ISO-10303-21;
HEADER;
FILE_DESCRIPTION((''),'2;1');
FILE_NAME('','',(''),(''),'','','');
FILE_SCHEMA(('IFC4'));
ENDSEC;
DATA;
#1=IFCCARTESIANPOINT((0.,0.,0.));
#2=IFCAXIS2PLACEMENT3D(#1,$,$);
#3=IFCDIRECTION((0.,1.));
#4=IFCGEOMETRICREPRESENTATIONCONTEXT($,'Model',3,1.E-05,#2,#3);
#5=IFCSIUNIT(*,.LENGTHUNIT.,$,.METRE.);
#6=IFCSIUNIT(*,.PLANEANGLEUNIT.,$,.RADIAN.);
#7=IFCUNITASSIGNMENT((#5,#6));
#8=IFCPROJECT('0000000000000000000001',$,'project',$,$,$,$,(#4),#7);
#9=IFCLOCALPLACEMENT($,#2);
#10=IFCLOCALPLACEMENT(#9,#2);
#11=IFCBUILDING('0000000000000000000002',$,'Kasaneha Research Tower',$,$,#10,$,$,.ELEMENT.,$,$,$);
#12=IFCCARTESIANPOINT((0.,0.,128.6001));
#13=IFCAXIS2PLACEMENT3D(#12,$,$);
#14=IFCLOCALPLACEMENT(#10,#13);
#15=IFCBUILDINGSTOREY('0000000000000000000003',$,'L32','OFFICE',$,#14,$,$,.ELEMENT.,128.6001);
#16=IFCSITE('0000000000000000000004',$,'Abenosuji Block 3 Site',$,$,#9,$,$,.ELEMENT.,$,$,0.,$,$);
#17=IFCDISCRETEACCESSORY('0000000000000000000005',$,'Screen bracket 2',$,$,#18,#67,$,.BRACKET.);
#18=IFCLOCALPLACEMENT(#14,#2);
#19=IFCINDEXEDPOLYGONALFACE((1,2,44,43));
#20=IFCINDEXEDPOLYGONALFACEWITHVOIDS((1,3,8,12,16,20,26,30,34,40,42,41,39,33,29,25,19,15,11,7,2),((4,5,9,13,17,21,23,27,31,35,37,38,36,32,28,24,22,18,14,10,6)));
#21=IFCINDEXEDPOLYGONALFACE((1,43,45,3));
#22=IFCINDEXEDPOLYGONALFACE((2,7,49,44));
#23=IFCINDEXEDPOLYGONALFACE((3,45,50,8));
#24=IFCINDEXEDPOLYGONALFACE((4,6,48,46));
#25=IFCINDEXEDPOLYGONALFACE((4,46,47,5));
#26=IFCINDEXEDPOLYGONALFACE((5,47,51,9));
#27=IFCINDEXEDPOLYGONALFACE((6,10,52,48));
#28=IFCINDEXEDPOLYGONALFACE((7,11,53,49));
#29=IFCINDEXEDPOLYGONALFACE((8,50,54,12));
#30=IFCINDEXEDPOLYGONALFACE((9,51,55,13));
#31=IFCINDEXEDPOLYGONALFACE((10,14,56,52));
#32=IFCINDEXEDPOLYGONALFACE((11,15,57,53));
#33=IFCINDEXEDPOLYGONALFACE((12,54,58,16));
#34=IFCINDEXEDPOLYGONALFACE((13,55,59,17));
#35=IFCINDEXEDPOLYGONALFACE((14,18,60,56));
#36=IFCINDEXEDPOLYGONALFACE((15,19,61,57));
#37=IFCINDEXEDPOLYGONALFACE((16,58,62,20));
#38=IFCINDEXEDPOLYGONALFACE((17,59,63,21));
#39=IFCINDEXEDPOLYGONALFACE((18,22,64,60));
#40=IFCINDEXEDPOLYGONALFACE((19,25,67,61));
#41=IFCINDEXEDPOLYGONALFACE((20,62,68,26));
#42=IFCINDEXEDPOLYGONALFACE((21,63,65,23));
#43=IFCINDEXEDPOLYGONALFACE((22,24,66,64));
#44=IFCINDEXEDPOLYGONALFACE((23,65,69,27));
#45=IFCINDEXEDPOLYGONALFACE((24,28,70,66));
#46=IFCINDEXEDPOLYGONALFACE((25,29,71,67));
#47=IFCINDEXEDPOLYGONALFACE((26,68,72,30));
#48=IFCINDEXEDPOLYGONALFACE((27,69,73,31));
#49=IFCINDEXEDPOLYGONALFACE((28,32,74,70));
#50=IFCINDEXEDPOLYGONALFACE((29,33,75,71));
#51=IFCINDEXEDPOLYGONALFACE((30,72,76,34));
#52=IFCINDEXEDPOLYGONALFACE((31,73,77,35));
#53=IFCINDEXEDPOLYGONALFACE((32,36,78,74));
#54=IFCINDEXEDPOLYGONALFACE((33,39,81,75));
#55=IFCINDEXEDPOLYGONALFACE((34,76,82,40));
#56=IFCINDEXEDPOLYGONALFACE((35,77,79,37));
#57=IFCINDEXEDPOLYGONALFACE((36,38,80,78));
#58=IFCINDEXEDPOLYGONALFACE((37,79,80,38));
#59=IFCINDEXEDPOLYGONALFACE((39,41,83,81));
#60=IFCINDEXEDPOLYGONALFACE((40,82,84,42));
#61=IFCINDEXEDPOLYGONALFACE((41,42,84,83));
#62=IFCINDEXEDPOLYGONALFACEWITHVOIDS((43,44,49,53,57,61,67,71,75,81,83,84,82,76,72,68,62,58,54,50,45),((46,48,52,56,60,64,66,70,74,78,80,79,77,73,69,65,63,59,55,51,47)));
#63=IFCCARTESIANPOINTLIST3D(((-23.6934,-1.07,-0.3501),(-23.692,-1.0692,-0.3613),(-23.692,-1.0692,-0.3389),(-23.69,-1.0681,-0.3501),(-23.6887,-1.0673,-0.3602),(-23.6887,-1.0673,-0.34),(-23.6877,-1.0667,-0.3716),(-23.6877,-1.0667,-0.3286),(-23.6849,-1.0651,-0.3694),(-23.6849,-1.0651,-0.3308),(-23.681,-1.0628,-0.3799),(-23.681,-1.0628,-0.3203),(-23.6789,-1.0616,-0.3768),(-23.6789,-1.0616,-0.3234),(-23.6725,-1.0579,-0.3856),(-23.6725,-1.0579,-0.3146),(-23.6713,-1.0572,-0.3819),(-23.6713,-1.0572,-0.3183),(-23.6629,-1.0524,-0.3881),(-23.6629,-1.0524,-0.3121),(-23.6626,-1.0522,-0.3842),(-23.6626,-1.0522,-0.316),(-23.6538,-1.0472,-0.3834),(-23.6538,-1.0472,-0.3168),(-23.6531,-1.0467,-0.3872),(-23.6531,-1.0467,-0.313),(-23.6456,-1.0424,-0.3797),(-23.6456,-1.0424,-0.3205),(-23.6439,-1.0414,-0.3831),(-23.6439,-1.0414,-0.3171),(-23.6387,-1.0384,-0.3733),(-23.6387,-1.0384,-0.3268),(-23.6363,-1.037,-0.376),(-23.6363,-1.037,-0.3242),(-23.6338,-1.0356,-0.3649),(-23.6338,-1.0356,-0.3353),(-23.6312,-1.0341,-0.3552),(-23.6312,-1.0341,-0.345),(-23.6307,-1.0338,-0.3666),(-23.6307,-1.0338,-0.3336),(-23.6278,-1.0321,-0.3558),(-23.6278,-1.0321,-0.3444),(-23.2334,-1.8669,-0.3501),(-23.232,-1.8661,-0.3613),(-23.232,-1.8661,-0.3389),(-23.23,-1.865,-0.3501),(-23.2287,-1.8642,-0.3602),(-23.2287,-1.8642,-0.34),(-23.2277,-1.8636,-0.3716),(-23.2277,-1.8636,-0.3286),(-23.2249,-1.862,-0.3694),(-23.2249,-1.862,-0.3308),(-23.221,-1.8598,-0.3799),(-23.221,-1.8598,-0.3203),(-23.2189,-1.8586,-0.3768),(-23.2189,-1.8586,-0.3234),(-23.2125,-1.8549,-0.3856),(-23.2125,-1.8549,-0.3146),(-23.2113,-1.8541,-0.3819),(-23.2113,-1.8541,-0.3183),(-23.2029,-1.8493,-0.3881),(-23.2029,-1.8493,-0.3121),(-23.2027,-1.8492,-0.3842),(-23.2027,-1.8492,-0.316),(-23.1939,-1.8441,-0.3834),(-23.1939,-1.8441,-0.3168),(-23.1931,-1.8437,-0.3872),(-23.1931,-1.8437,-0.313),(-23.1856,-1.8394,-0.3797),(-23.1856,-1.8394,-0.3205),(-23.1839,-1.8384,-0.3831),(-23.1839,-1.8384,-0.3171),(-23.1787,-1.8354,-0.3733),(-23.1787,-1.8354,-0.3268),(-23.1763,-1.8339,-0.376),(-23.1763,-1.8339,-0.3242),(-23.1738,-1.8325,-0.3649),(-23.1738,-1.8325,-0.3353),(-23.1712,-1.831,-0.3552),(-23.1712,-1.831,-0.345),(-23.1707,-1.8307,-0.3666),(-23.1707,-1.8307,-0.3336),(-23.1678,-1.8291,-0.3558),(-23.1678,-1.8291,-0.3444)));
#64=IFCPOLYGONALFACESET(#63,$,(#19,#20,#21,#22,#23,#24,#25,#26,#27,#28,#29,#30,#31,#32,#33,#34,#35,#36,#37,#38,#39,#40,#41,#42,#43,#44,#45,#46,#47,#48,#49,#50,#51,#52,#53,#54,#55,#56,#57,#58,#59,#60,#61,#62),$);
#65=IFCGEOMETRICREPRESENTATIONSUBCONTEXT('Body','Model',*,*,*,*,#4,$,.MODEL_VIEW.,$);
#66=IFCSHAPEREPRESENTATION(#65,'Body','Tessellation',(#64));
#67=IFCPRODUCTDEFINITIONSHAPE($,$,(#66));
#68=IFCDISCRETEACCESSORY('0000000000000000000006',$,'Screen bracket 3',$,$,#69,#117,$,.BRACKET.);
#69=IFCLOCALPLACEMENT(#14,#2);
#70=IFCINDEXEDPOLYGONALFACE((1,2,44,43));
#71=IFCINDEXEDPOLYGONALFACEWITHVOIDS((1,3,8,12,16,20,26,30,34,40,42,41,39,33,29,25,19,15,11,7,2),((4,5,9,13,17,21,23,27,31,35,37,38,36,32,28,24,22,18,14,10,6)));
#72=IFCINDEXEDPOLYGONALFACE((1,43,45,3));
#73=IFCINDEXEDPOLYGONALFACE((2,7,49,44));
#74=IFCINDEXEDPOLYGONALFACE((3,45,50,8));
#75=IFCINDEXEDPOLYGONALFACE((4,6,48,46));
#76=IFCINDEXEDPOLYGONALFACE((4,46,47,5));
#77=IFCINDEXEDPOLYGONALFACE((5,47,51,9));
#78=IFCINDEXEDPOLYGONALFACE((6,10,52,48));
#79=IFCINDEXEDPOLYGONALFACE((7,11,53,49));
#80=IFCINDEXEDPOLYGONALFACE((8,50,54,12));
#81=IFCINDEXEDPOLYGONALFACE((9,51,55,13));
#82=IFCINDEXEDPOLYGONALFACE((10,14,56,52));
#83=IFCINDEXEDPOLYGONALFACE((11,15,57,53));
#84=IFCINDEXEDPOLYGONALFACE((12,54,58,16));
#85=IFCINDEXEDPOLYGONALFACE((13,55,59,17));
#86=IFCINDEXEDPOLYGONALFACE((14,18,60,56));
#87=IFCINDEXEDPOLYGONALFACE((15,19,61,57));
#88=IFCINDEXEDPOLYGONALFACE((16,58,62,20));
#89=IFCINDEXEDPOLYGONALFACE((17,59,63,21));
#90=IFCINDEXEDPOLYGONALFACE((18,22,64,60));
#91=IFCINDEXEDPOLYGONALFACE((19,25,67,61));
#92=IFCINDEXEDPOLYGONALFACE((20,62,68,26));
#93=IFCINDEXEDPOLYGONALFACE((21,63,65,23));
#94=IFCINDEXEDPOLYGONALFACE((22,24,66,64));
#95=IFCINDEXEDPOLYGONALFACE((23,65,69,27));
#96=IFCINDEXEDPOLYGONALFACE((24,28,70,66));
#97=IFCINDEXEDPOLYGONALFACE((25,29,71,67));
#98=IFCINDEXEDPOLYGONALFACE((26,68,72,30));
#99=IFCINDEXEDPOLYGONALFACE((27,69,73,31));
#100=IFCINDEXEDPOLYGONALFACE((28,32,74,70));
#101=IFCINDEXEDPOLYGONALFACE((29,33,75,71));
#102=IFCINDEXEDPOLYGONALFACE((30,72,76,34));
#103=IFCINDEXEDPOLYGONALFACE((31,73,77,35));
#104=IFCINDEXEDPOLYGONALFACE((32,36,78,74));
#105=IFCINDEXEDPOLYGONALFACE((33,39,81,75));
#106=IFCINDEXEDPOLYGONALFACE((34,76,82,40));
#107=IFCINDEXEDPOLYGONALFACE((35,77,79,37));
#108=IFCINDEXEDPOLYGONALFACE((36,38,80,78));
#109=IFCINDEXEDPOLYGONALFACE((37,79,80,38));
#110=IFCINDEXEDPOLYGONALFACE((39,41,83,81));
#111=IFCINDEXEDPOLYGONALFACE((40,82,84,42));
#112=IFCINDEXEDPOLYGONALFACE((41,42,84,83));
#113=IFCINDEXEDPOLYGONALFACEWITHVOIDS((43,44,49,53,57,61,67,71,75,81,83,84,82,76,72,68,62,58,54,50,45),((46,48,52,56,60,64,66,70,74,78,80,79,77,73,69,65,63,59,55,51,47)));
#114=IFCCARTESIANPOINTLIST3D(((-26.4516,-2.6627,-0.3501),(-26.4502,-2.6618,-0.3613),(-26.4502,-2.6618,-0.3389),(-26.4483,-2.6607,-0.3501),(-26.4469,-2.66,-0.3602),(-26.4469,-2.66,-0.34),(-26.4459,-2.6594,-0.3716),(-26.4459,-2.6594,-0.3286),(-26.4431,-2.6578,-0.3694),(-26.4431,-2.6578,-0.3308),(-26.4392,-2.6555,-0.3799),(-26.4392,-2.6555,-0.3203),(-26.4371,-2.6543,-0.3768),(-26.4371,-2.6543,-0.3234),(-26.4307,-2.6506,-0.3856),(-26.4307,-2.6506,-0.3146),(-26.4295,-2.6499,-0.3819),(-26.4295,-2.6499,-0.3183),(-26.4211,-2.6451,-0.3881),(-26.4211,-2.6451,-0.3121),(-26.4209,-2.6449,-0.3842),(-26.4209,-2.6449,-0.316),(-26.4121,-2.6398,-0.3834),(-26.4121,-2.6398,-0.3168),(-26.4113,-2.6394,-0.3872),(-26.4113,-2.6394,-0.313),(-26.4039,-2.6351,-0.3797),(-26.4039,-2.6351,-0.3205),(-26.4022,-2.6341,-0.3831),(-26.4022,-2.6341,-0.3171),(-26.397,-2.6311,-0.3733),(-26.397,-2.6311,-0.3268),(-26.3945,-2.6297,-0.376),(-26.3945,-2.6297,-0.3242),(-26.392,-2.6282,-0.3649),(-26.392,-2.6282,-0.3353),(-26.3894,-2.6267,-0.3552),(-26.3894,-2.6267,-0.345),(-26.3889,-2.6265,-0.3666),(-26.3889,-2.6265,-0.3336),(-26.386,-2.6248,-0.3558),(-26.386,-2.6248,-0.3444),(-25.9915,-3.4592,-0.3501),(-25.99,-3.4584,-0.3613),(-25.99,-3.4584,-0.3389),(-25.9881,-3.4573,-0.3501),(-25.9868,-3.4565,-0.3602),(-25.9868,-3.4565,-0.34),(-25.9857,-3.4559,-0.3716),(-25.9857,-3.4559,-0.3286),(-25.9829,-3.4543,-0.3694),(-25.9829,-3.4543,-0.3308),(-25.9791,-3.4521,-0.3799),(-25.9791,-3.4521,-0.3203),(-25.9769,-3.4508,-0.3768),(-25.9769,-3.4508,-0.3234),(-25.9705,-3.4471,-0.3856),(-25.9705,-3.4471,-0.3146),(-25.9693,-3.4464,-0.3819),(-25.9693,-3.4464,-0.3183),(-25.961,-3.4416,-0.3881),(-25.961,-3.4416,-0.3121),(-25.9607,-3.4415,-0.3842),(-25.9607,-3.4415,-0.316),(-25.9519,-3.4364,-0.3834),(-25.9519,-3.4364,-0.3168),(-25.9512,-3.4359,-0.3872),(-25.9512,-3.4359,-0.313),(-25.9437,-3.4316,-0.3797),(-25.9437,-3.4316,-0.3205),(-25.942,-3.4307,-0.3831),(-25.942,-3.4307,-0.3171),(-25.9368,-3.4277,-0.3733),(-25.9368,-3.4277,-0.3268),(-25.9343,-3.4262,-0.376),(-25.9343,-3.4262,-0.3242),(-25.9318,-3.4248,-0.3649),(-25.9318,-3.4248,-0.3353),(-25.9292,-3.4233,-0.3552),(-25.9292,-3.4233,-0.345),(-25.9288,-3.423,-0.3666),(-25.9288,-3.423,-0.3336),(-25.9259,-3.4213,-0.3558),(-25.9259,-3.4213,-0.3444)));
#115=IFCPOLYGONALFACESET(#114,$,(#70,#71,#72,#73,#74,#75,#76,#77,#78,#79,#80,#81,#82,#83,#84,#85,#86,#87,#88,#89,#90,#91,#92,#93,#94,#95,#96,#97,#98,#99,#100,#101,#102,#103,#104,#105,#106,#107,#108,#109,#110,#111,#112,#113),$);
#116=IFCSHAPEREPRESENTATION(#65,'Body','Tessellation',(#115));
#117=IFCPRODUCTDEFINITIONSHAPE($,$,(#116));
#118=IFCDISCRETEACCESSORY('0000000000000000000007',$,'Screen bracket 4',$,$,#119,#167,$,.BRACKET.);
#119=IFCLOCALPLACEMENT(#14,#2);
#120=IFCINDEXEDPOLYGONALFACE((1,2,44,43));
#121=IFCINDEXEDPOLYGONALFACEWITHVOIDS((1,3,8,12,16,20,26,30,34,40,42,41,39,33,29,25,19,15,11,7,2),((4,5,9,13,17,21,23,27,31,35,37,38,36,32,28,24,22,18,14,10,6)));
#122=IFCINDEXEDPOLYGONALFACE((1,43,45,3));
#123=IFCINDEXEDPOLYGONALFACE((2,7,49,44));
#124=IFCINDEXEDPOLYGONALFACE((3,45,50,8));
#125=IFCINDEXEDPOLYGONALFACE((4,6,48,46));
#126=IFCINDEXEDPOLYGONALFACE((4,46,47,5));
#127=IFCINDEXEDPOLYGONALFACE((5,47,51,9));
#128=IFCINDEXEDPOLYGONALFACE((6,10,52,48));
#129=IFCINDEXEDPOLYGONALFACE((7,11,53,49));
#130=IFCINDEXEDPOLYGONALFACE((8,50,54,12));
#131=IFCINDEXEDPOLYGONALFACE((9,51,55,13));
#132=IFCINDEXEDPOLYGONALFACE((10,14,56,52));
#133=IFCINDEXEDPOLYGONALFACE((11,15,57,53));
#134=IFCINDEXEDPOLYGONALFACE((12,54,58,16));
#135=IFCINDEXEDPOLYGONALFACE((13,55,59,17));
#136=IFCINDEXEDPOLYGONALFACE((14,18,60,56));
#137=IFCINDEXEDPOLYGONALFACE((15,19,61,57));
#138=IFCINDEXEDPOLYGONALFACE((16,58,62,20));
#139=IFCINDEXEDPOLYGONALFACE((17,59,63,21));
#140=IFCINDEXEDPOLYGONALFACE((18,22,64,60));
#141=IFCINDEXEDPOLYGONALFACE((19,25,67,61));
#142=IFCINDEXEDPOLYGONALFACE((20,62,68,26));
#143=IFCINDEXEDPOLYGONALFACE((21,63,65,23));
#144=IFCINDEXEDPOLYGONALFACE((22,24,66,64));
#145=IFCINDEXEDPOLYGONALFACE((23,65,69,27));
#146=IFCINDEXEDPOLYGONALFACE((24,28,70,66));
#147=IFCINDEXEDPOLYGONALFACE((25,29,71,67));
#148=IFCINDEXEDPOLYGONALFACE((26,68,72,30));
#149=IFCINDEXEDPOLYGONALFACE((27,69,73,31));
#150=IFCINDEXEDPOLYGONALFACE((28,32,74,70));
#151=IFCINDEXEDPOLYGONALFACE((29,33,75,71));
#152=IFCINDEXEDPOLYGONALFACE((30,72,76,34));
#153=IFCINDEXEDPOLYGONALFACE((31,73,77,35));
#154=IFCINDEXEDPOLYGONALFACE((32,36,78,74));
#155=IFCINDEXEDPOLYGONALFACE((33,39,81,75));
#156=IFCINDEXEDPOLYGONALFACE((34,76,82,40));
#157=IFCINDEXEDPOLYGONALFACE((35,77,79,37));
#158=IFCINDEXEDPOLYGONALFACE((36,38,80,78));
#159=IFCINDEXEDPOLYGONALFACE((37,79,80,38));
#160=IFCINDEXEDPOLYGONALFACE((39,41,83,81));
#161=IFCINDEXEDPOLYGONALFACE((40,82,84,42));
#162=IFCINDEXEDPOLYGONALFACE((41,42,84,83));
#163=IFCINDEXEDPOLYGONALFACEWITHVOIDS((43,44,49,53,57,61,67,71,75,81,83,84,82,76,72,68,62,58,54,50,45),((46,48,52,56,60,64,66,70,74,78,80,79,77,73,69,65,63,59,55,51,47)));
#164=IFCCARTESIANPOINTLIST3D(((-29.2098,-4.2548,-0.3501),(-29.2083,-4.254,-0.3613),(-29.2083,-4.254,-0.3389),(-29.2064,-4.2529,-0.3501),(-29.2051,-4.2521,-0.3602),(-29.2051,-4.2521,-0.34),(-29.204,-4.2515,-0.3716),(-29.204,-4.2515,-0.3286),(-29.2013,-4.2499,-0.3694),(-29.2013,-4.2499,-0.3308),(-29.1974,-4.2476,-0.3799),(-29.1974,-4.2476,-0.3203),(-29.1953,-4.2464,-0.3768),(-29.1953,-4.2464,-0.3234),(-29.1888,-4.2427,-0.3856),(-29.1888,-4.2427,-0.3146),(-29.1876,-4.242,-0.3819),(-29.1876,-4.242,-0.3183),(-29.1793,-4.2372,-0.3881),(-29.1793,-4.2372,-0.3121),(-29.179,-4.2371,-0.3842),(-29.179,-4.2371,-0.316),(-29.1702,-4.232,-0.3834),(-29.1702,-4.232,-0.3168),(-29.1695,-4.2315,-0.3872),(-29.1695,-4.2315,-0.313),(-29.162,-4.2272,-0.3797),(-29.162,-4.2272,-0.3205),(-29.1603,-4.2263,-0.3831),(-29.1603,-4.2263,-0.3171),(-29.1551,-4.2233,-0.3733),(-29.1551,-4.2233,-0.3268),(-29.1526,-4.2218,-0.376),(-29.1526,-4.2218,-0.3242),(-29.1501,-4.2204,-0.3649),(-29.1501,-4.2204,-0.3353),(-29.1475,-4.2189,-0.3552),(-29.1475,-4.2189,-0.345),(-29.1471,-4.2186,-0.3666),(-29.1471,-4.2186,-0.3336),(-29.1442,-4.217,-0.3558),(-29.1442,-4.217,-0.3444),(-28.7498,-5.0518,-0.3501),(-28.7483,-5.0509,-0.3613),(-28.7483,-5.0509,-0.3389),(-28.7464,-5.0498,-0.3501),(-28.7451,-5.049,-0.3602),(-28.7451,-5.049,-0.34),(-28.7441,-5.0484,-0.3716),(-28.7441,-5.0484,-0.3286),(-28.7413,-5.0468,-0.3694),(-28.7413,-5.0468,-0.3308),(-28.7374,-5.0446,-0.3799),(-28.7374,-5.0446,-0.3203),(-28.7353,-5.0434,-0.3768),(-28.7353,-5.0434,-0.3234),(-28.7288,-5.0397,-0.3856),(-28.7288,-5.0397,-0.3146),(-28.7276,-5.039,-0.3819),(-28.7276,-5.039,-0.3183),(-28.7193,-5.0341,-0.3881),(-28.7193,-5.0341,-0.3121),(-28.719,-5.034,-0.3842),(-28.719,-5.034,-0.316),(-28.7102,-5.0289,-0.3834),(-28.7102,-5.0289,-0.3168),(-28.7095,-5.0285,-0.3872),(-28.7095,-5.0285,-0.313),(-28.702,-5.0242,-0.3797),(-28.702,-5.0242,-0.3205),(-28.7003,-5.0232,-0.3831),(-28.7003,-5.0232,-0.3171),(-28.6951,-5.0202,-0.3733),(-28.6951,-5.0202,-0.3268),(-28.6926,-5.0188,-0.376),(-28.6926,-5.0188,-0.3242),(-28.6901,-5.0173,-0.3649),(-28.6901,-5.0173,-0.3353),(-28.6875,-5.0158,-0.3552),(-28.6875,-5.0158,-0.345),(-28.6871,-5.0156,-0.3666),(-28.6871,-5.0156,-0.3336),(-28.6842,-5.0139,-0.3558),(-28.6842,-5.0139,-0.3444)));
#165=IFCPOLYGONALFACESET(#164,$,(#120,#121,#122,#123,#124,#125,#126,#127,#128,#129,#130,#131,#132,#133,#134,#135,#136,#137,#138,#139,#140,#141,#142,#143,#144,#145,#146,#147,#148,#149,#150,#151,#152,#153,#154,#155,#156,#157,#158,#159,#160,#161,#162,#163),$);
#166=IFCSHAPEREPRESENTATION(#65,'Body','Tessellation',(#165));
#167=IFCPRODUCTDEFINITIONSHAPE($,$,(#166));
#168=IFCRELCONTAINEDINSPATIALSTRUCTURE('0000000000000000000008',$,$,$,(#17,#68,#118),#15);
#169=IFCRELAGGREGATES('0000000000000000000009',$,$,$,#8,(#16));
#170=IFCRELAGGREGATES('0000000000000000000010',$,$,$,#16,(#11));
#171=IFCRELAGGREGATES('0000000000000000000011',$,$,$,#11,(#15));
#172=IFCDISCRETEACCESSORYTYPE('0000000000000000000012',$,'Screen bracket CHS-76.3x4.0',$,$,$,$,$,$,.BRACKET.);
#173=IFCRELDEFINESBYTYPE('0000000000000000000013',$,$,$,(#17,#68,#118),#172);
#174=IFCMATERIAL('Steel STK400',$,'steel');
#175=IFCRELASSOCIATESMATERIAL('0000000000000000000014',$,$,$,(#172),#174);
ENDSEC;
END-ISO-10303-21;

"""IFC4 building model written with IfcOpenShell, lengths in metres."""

from ifc_helpers import new_model, si_unit, direction, frame, origin, origin_2d, place, context, subcontext, project, spatial, hollow_circle, extrude, material, material_profile, profile_set, type_object, element, save


model = new_model("IFC4")

# Units and contexts
model_context = context("Model", 3, precision=1e-05, world=origin(), true_north=direction((0.0, 1.0)))
body_context = subcontext(model_context, "Body", "Model", "MODEL_VIEW")
ifc_project = project(units=[si_unit("LENGTHUNIT", "METRE"), si_unit("PLANEANGLEUNIT", "RADIAN")], contexts=[model_context])

# Site, building, storey
site_placement = place(None, origin())
site = spatial("IfcSite", under=ifc_project, at=site_placement, Name="Abenosuji Block 3 Site", CompositionType="ELEMENT", RefElevation=0.0)
building_placement = place(site_placement, origin())
building = spatial("IfcBuilding", under=site, at=building_placement, Name="Kasaneha Research Tower", CompositionType="ELEMENT")
storey_placement = place(building_placement, frame((0.0, 0.0, 128.6001)))
storey = spatial("IfcBuildingStorey", under=building, at=storey_placement, Name="L32", Description="OFFICE", CompositionType="ELEMENT", Elevation=128.6001)

# Discrete accessories
ifc_material_1 = material(Name="Steel STK400", Category="steel")
ifc_material_profile_1 = material_profile(ifc_material_1, hollow_circle(Radius=0.0381, WallThickness=0.0039, at=origin_2d()), Name="CHS-76.3x4.0")
ifc_profile_set_1 = profile_set([ifc_material_profile_1], Name="Steel STK400")
discrete_accessory_type = type_object("IfcDiscreteAccessoryType", Name="Screen bracket CHS-76.3x4.0", PredefinedType="BRACKET", material=ifc_profile_set_1)
discrete_accessory_1_placement = place(storey_placement, frame((-23.2004, -1.8479, -0.3501), z_axis=(-0.499906, 0.86608, 0.0), x_axis=(-0.86608, -0.499906, 0.0)))
element("IfcDiscreteAccessory", 1, at=discrete_accessory_1_placement, inside=storey, type_object=discrete_accessory_type, Name="Screen bracket 2", PredefinedType="BRACKET", context=body_context, shape_type="SweptSolid", body=[
    extrude(hollow_circle(Radius=0.0381, WallThickness=0.0039, at=origin_2d()), origin(), (0.0, 0.0, 1.0), 0.9202),
])
discrete_accessory_2_placement = place(storey_placement, frame((-25.9585, -3.4402, -0.3501), z_axis=(-0.50022, 0.865898, 0.0), x_axis=(-0.865898, -0.50022, 0.0)))
element("IfcDiscreteAccessory", 2, at=discrete_accessory_2_placement, inside=storey, type_object=discrete_accessory_type, Name="Screen bracket 3", PredefinedType="BRACKET", context=body_context, shape_type="SweptSolid", body=[
    extrude(hollow_circle(Radius=0.0381, WallThickness=0.0039, at=origin_2d()), origin(), (0.0, 0.0, 1.0), 0.9199),
])
discrete_accessory_3_placement = place(storey_placement, frame((-28.7168, -5.0327, -0.3501), z_axis=(-0.499906, 0.86608, 0.0), x_axis=(-0.86608, -0.499906, 0.0)))
element("IfcDiscreteAccessory", 3, at=discrete_accessory_3_placement, inside=storey, type_object=discrete_accessory_type, Name="Screen bracket 4", PredefinedType="BRACKET", context=body_context, shape_type="SweptSolid", body=[
    extrude(hollow_circle(Radius=0.0381, WallThickness=0.0039, at=origin_2d()), origin(), (0.0, 0.0, 1.0), 0.9202),
])

save(model, "model.ifc")
